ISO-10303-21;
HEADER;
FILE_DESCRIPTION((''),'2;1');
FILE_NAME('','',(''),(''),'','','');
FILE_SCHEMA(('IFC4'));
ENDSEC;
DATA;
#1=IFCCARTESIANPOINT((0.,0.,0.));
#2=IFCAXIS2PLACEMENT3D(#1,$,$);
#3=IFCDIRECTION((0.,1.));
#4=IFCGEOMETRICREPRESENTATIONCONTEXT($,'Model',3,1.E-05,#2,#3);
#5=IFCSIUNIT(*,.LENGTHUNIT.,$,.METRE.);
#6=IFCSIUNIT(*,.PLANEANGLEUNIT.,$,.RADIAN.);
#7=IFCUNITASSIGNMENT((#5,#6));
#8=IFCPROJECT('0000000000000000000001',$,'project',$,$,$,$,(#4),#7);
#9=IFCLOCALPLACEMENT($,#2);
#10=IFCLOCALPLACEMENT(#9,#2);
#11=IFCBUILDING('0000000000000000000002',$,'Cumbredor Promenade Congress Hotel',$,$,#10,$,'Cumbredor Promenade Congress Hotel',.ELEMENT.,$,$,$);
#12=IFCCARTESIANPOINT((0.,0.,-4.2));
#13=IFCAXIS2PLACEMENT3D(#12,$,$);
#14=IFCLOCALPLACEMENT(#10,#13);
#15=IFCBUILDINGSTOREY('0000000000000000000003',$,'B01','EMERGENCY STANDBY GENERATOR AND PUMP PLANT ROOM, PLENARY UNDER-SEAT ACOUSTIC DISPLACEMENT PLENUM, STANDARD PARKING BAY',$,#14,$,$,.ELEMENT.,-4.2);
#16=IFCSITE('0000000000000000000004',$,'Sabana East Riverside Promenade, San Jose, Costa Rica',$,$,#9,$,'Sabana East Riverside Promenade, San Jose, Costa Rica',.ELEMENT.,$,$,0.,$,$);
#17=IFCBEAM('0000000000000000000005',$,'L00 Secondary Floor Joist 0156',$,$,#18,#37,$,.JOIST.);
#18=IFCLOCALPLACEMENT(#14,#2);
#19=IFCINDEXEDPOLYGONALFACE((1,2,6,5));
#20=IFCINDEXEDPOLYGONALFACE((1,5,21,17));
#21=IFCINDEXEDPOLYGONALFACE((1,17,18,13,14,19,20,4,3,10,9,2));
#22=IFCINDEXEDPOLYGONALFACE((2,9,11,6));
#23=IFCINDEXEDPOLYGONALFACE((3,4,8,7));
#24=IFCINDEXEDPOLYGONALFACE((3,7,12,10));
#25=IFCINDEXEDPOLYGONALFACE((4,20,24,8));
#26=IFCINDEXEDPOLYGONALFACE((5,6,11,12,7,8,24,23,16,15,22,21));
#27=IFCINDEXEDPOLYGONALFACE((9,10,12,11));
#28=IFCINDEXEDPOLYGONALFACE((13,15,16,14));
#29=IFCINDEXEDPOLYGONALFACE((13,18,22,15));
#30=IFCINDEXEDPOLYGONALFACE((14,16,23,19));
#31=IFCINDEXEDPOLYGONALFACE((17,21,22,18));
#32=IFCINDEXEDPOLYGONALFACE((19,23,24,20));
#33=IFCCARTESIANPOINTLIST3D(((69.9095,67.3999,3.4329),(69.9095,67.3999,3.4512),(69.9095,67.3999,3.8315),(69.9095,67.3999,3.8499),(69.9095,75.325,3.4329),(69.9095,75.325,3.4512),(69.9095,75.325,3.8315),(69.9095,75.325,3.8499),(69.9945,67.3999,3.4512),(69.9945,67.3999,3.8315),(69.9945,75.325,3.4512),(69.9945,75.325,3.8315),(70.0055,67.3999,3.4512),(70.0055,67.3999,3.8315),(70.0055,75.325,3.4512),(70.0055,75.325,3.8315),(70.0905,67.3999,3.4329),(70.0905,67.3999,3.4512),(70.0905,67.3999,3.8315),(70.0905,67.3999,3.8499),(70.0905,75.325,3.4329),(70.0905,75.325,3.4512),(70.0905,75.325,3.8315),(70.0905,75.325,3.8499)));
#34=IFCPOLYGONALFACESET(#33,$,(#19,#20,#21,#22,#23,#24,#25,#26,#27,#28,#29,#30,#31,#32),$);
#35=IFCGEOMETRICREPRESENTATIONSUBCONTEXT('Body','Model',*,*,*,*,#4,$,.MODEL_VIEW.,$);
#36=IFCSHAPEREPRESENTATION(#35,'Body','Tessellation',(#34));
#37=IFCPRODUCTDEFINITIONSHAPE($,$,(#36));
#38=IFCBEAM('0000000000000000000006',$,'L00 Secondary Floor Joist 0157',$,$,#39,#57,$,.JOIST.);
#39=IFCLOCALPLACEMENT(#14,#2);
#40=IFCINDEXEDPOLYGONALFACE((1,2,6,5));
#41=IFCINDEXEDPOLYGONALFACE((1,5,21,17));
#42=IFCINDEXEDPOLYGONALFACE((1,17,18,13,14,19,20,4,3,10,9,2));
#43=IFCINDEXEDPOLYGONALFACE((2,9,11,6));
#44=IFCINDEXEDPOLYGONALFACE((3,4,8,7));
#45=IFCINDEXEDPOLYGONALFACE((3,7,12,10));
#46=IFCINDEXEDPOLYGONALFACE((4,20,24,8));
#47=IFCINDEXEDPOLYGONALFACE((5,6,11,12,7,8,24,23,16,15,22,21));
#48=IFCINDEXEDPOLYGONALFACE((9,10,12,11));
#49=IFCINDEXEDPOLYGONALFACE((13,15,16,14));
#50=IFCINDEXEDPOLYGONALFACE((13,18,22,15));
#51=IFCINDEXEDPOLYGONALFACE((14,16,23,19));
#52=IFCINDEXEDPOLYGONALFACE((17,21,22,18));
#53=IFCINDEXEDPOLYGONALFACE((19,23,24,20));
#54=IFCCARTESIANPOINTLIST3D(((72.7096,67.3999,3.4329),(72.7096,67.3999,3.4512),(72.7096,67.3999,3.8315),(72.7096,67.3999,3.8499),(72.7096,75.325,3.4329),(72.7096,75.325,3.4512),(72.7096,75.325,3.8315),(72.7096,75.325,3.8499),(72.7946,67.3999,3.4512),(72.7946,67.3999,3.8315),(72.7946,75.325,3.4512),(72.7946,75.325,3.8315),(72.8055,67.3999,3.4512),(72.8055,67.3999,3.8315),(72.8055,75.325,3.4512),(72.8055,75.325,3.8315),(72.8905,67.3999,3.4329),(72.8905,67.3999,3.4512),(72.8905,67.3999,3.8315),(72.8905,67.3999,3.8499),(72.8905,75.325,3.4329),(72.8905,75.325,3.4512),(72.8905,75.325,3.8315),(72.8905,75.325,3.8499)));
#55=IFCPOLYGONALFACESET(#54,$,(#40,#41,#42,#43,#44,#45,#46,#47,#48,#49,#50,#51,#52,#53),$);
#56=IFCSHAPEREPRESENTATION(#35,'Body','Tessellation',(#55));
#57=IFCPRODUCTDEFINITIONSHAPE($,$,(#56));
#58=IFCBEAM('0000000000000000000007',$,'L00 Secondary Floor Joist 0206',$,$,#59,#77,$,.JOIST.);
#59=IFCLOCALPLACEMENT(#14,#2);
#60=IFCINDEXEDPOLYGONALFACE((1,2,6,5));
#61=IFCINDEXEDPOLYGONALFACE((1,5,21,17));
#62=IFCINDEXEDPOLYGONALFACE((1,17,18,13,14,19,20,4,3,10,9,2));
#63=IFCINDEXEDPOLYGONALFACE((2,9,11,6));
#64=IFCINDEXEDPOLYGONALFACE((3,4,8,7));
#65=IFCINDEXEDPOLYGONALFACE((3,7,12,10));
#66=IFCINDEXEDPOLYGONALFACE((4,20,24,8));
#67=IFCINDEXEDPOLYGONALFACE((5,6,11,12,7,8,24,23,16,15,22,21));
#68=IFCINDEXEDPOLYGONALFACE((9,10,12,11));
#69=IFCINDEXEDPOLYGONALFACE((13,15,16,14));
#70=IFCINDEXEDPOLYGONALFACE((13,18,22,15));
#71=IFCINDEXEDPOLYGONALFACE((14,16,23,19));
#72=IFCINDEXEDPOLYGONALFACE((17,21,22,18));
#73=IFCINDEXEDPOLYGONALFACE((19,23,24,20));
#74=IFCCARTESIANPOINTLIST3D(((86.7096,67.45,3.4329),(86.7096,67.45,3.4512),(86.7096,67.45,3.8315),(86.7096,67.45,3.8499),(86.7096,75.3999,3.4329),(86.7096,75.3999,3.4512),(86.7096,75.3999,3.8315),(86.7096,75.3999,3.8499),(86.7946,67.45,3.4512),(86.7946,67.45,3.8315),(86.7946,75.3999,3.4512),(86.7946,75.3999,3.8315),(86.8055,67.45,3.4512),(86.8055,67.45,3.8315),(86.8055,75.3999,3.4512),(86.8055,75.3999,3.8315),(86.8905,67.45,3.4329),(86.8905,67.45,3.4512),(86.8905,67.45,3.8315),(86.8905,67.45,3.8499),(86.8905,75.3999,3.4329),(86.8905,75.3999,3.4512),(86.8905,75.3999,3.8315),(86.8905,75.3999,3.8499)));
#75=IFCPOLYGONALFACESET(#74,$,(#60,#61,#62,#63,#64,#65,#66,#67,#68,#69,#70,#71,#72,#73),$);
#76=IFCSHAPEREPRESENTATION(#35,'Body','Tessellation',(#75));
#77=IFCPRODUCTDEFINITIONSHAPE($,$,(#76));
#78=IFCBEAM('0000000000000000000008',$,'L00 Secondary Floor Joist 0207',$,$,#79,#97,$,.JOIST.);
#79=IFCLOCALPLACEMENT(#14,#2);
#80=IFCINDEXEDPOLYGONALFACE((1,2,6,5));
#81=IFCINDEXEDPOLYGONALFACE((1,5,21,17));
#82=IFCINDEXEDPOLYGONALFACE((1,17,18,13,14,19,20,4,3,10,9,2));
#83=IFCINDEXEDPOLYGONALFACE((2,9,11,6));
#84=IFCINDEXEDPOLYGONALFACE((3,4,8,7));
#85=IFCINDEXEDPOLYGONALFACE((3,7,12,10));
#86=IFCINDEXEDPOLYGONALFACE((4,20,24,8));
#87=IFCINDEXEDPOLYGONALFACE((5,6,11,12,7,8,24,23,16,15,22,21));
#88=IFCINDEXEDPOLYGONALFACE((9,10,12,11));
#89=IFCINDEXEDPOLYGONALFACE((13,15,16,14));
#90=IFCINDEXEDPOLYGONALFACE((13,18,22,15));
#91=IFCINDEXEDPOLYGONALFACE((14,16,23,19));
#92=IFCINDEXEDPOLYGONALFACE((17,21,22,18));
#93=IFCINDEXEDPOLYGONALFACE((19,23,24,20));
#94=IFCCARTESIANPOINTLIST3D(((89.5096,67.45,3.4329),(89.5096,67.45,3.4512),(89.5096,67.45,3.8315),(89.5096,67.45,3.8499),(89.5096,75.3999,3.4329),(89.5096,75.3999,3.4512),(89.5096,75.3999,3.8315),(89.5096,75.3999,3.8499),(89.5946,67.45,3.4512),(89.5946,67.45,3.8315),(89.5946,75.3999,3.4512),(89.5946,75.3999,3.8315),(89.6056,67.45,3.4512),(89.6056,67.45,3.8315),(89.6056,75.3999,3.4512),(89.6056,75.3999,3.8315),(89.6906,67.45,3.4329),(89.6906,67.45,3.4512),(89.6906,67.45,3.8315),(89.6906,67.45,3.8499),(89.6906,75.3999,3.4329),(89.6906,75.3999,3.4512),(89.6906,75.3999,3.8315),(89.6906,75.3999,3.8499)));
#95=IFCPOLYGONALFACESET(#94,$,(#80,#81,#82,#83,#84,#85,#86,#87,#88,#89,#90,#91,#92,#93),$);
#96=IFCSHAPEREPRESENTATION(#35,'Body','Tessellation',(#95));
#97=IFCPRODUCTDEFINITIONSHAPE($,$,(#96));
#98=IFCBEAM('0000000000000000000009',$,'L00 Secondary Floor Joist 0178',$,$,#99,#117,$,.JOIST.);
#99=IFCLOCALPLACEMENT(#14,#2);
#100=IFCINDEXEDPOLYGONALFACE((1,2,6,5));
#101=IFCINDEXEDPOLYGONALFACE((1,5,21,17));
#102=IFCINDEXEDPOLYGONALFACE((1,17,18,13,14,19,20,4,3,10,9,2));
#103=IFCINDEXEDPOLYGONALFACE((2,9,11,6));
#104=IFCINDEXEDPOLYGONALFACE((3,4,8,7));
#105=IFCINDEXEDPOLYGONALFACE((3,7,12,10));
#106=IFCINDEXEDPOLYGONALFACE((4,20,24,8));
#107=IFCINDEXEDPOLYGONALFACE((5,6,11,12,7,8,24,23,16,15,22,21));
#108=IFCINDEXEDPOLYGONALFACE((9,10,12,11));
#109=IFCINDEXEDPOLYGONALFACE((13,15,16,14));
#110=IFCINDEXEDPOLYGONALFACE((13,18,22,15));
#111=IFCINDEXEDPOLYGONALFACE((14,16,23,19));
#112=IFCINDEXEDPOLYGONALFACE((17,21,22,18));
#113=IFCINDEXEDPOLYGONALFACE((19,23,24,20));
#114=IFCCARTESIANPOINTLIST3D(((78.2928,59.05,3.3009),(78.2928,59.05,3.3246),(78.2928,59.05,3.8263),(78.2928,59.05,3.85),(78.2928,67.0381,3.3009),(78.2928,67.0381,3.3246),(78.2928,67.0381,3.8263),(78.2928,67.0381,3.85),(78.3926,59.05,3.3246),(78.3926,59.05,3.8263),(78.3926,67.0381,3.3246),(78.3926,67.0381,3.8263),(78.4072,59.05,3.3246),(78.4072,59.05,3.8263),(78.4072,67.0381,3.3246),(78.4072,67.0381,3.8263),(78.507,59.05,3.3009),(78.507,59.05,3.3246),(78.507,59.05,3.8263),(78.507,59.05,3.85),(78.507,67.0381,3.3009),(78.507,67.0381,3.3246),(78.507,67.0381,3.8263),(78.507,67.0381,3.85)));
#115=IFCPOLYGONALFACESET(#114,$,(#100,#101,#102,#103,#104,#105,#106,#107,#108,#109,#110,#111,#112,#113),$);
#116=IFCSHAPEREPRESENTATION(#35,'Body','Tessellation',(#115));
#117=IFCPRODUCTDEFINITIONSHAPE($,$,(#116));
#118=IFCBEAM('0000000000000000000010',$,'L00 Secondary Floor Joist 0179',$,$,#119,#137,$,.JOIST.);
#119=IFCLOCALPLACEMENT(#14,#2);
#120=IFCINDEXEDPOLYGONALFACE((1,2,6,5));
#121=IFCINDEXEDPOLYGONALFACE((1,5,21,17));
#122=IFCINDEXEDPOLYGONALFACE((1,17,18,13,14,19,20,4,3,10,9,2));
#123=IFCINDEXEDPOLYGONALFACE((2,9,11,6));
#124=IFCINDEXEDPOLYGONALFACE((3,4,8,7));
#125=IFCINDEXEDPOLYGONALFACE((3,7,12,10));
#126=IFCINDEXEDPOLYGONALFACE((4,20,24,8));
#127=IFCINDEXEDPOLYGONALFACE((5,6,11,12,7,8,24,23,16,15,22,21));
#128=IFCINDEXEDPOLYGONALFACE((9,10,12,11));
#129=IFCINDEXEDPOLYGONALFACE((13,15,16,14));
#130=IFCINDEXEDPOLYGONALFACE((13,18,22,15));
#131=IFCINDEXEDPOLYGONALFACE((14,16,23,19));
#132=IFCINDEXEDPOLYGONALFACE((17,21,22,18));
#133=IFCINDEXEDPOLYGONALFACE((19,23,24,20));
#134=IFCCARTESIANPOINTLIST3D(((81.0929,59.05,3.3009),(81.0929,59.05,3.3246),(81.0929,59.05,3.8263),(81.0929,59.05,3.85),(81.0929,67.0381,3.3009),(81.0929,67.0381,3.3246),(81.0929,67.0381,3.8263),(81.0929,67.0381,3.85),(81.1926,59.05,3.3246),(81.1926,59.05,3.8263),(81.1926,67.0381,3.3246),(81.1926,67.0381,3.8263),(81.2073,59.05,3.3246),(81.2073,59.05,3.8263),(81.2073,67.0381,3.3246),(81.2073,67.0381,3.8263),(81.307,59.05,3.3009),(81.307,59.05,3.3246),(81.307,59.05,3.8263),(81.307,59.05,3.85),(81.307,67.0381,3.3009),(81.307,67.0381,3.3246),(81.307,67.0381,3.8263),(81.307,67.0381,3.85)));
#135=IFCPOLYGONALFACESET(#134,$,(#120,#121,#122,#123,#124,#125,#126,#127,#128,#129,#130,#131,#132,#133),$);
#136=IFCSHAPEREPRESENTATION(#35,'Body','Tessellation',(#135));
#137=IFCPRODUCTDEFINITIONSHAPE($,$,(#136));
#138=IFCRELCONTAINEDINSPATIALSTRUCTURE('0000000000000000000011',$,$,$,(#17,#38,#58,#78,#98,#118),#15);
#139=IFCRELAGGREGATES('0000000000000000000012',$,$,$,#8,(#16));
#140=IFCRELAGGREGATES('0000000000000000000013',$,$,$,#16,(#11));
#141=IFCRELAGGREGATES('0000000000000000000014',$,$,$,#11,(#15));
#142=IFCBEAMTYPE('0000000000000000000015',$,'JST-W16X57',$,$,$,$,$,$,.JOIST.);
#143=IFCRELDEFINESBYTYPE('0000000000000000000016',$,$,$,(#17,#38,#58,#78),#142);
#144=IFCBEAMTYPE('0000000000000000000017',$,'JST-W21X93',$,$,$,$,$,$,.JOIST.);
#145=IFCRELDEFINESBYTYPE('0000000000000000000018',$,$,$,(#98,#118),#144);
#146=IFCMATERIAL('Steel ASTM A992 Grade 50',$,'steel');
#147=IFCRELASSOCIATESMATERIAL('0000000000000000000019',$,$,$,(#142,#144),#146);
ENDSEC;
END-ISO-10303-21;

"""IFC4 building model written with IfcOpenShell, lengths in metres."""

from ifc_helpers import new_model, si_unit, direction, frame, origin, origin_2d, place, context, subcontext, project, spatial, i_section, extrude, material, material_profile, profile_set, type_object, element, save


model = new_model("IFC4")

# Units and contexts
model_context = context("Model", 3, precision=1e-05, world=origin(), true_north=direction((0.0, 1.0)))
body_context = subcontext(model_context, "Body", "Model", "MODEL_VIEW")
ifc_project = project(units=[si_unit("LENGTHUNIT", "METRE"), si_unit("PLANEANGLEUNIT", "RADIAN")], contexts=[model_context])

# Site, building, storey
site_placement = place(None, origin())
site = spatial("IfcSite", under=ifc_project, at=site_placement, Name="Sabana East Riverside Promenade, San Jose, Costa Rica", LongName="Sabana East Riverside Promenade, San Jose, Costa Rica", CompositionType="ELEMENT", RefElevation=0.0)
building_placement = place(site_placement, origin())
building = spatial("IfcBuilding", under=site, at=building_placement, Name="Cumbredor Promenade Congress Hotel", LongName="Cumbredor Promenade Congress Hotel", CompositionType="ELEMENT")
storey_placement = place(building_placement, frame((0.0, 0.0, -4.2)))
storey = spatial("IfcBuildingStorey", under=building, at=storey_placement, Name="B01", Description="EMERGENCY STANDBY GENERATOR AND PUMP PLANT ROOM, PLENARY UNDER-SEAT ACOUSTIC DISPLACEMENT PLENUM, STANDARD PARKING BAY", CompositionType="ELEMENT", Elevation=-4.2)

# Beams
ifc_material_1 = material(Name="Steel ASTM A992 Grade 50", Category="steel")
ifc_material_profile_1 = material_profile(ifc_material_1, i_section(OverallWidth=0.1809, OverallDepth=0.417, WebThickness=0.011, FlangeThickness=0.0183, at=origin_2d()), Name="W16X57")
ifc_profile_set_1 = profile_set([ifc_material_profile_1], Name="Steel ASTM A992 Grade 50")
beam_type_1 = type_object("IfcBeamType", Name="JST-W16X57", PredefinedType="JOIST", material=ifc_profile_set_1)
for number, where, z_axis, x_axis, name in (
    (1, (70.0, 67.3999, 3.6414), (0.0, 1.0, 0.0), (-1.0, 0.0, 0.0), "L00 Secondary Floor Joist 0156"),
    (2, (72.8, 67.3999, 3.6414), (0.0, 1.0, 0.0), (-1.0, 0.0, 0.0), "L00 Secondary Floor Joist 0157"),
):
    element("IfcBeam", number, at=place(storey_placement, frame(where, z_axis=z_axis, x_axis=x_axis)), inside=storey, type_object=beam_type_1, Name=name, PredefinedType="JOIST", context=body_context, shape_type="SweptSolid", body=[
        extrude(i_section(OverallWidth=0.1809, OverallDepth=0.417, WebThickness=0.011, FlangeThickness=0.0183, at=origin_2d()), origin(), (0.0, 0.0, 1.0), 7.925),
    ])
for number, where, z_axis, x_axis, name in (
    (3, (86.8, 67.45, 3.6414), (0.0, 1.0, 0.0), (-1.0, 0.0, 0.0), "L00 Secondary Floor Joist 0206"),
    (4, (89.6001, 67.45, 3.6414), (0.0, 1.0, 0.0), (-1.0, 0.0, 0.0), "L00 Secondary Floor Joist 0207"),
):
    element("IfcBeam", number, at=place(storey_placement, frame(where, z_axis=z_axis, x_axis=x_axis)), inside=storey, type_object=beam_type_1, Name=name, PredefinedType="JOIST", context=body_context, shape_type="SweptSolid", body=[
        extrude(i_section(OverallWidth=0.1809, OverallDepth=0.417, WebThickness=0.011, FlangeThickness=0.0183, at=origin_2d()), origin(), (0.0, 0.0, 1.0), 7.95),
    ])
ifc_material_profile_2 = material_profile(ifc_material_1, i_section(OverallWidth=0.2141, OverallDepth=0.5491, WebThickness=0.0146, FlangeThickness=0.0237, at=origin_2d()), Name="W21X93")
ifc_profile_set_2 = profile_set([ifc_material_profile_2], Name="Steel ASTM A992 Grade 50")
beam_type_2 = type_object("IfcBeamType", Name="JST-W21X93", PredefinedType="JOIST", material=ifc_profile_set_2)
for number, where, z_axis, x_axis, name in (
    (5, (78.3999, 59.05, 3.5754), (0.0, 1.0, 0.0), (-1.0, 0.0, 0.0), "L00 Secondary Floor Joist 0178"),
    (6, (81.2, 59.05, 3.5754), (0.0, 1.0, 0.0), (-1.0, 0.0, 0.0), "L00 Secondary Floor Joist 0179"),
):
    element("IfcBeam", number, at=place(storey_placement, frame(where, z_axis=z_axis, x_axis=x_axis)), inside=storey, type_object=beam_type_2, Name=name, PredefinedType="JOIST", context=body_context, shape_type="SweptSolid", body=[
        extrude(i_section(OverallWidth=0.2141, OverallDepth=0.5491, WebThickness=0.0146, FlangeThickness=0.0237, at=origin_2d()), origin(), (0.0, 0.0, 1.0), 7.988),
    ])

save(model, "model.ifc")
